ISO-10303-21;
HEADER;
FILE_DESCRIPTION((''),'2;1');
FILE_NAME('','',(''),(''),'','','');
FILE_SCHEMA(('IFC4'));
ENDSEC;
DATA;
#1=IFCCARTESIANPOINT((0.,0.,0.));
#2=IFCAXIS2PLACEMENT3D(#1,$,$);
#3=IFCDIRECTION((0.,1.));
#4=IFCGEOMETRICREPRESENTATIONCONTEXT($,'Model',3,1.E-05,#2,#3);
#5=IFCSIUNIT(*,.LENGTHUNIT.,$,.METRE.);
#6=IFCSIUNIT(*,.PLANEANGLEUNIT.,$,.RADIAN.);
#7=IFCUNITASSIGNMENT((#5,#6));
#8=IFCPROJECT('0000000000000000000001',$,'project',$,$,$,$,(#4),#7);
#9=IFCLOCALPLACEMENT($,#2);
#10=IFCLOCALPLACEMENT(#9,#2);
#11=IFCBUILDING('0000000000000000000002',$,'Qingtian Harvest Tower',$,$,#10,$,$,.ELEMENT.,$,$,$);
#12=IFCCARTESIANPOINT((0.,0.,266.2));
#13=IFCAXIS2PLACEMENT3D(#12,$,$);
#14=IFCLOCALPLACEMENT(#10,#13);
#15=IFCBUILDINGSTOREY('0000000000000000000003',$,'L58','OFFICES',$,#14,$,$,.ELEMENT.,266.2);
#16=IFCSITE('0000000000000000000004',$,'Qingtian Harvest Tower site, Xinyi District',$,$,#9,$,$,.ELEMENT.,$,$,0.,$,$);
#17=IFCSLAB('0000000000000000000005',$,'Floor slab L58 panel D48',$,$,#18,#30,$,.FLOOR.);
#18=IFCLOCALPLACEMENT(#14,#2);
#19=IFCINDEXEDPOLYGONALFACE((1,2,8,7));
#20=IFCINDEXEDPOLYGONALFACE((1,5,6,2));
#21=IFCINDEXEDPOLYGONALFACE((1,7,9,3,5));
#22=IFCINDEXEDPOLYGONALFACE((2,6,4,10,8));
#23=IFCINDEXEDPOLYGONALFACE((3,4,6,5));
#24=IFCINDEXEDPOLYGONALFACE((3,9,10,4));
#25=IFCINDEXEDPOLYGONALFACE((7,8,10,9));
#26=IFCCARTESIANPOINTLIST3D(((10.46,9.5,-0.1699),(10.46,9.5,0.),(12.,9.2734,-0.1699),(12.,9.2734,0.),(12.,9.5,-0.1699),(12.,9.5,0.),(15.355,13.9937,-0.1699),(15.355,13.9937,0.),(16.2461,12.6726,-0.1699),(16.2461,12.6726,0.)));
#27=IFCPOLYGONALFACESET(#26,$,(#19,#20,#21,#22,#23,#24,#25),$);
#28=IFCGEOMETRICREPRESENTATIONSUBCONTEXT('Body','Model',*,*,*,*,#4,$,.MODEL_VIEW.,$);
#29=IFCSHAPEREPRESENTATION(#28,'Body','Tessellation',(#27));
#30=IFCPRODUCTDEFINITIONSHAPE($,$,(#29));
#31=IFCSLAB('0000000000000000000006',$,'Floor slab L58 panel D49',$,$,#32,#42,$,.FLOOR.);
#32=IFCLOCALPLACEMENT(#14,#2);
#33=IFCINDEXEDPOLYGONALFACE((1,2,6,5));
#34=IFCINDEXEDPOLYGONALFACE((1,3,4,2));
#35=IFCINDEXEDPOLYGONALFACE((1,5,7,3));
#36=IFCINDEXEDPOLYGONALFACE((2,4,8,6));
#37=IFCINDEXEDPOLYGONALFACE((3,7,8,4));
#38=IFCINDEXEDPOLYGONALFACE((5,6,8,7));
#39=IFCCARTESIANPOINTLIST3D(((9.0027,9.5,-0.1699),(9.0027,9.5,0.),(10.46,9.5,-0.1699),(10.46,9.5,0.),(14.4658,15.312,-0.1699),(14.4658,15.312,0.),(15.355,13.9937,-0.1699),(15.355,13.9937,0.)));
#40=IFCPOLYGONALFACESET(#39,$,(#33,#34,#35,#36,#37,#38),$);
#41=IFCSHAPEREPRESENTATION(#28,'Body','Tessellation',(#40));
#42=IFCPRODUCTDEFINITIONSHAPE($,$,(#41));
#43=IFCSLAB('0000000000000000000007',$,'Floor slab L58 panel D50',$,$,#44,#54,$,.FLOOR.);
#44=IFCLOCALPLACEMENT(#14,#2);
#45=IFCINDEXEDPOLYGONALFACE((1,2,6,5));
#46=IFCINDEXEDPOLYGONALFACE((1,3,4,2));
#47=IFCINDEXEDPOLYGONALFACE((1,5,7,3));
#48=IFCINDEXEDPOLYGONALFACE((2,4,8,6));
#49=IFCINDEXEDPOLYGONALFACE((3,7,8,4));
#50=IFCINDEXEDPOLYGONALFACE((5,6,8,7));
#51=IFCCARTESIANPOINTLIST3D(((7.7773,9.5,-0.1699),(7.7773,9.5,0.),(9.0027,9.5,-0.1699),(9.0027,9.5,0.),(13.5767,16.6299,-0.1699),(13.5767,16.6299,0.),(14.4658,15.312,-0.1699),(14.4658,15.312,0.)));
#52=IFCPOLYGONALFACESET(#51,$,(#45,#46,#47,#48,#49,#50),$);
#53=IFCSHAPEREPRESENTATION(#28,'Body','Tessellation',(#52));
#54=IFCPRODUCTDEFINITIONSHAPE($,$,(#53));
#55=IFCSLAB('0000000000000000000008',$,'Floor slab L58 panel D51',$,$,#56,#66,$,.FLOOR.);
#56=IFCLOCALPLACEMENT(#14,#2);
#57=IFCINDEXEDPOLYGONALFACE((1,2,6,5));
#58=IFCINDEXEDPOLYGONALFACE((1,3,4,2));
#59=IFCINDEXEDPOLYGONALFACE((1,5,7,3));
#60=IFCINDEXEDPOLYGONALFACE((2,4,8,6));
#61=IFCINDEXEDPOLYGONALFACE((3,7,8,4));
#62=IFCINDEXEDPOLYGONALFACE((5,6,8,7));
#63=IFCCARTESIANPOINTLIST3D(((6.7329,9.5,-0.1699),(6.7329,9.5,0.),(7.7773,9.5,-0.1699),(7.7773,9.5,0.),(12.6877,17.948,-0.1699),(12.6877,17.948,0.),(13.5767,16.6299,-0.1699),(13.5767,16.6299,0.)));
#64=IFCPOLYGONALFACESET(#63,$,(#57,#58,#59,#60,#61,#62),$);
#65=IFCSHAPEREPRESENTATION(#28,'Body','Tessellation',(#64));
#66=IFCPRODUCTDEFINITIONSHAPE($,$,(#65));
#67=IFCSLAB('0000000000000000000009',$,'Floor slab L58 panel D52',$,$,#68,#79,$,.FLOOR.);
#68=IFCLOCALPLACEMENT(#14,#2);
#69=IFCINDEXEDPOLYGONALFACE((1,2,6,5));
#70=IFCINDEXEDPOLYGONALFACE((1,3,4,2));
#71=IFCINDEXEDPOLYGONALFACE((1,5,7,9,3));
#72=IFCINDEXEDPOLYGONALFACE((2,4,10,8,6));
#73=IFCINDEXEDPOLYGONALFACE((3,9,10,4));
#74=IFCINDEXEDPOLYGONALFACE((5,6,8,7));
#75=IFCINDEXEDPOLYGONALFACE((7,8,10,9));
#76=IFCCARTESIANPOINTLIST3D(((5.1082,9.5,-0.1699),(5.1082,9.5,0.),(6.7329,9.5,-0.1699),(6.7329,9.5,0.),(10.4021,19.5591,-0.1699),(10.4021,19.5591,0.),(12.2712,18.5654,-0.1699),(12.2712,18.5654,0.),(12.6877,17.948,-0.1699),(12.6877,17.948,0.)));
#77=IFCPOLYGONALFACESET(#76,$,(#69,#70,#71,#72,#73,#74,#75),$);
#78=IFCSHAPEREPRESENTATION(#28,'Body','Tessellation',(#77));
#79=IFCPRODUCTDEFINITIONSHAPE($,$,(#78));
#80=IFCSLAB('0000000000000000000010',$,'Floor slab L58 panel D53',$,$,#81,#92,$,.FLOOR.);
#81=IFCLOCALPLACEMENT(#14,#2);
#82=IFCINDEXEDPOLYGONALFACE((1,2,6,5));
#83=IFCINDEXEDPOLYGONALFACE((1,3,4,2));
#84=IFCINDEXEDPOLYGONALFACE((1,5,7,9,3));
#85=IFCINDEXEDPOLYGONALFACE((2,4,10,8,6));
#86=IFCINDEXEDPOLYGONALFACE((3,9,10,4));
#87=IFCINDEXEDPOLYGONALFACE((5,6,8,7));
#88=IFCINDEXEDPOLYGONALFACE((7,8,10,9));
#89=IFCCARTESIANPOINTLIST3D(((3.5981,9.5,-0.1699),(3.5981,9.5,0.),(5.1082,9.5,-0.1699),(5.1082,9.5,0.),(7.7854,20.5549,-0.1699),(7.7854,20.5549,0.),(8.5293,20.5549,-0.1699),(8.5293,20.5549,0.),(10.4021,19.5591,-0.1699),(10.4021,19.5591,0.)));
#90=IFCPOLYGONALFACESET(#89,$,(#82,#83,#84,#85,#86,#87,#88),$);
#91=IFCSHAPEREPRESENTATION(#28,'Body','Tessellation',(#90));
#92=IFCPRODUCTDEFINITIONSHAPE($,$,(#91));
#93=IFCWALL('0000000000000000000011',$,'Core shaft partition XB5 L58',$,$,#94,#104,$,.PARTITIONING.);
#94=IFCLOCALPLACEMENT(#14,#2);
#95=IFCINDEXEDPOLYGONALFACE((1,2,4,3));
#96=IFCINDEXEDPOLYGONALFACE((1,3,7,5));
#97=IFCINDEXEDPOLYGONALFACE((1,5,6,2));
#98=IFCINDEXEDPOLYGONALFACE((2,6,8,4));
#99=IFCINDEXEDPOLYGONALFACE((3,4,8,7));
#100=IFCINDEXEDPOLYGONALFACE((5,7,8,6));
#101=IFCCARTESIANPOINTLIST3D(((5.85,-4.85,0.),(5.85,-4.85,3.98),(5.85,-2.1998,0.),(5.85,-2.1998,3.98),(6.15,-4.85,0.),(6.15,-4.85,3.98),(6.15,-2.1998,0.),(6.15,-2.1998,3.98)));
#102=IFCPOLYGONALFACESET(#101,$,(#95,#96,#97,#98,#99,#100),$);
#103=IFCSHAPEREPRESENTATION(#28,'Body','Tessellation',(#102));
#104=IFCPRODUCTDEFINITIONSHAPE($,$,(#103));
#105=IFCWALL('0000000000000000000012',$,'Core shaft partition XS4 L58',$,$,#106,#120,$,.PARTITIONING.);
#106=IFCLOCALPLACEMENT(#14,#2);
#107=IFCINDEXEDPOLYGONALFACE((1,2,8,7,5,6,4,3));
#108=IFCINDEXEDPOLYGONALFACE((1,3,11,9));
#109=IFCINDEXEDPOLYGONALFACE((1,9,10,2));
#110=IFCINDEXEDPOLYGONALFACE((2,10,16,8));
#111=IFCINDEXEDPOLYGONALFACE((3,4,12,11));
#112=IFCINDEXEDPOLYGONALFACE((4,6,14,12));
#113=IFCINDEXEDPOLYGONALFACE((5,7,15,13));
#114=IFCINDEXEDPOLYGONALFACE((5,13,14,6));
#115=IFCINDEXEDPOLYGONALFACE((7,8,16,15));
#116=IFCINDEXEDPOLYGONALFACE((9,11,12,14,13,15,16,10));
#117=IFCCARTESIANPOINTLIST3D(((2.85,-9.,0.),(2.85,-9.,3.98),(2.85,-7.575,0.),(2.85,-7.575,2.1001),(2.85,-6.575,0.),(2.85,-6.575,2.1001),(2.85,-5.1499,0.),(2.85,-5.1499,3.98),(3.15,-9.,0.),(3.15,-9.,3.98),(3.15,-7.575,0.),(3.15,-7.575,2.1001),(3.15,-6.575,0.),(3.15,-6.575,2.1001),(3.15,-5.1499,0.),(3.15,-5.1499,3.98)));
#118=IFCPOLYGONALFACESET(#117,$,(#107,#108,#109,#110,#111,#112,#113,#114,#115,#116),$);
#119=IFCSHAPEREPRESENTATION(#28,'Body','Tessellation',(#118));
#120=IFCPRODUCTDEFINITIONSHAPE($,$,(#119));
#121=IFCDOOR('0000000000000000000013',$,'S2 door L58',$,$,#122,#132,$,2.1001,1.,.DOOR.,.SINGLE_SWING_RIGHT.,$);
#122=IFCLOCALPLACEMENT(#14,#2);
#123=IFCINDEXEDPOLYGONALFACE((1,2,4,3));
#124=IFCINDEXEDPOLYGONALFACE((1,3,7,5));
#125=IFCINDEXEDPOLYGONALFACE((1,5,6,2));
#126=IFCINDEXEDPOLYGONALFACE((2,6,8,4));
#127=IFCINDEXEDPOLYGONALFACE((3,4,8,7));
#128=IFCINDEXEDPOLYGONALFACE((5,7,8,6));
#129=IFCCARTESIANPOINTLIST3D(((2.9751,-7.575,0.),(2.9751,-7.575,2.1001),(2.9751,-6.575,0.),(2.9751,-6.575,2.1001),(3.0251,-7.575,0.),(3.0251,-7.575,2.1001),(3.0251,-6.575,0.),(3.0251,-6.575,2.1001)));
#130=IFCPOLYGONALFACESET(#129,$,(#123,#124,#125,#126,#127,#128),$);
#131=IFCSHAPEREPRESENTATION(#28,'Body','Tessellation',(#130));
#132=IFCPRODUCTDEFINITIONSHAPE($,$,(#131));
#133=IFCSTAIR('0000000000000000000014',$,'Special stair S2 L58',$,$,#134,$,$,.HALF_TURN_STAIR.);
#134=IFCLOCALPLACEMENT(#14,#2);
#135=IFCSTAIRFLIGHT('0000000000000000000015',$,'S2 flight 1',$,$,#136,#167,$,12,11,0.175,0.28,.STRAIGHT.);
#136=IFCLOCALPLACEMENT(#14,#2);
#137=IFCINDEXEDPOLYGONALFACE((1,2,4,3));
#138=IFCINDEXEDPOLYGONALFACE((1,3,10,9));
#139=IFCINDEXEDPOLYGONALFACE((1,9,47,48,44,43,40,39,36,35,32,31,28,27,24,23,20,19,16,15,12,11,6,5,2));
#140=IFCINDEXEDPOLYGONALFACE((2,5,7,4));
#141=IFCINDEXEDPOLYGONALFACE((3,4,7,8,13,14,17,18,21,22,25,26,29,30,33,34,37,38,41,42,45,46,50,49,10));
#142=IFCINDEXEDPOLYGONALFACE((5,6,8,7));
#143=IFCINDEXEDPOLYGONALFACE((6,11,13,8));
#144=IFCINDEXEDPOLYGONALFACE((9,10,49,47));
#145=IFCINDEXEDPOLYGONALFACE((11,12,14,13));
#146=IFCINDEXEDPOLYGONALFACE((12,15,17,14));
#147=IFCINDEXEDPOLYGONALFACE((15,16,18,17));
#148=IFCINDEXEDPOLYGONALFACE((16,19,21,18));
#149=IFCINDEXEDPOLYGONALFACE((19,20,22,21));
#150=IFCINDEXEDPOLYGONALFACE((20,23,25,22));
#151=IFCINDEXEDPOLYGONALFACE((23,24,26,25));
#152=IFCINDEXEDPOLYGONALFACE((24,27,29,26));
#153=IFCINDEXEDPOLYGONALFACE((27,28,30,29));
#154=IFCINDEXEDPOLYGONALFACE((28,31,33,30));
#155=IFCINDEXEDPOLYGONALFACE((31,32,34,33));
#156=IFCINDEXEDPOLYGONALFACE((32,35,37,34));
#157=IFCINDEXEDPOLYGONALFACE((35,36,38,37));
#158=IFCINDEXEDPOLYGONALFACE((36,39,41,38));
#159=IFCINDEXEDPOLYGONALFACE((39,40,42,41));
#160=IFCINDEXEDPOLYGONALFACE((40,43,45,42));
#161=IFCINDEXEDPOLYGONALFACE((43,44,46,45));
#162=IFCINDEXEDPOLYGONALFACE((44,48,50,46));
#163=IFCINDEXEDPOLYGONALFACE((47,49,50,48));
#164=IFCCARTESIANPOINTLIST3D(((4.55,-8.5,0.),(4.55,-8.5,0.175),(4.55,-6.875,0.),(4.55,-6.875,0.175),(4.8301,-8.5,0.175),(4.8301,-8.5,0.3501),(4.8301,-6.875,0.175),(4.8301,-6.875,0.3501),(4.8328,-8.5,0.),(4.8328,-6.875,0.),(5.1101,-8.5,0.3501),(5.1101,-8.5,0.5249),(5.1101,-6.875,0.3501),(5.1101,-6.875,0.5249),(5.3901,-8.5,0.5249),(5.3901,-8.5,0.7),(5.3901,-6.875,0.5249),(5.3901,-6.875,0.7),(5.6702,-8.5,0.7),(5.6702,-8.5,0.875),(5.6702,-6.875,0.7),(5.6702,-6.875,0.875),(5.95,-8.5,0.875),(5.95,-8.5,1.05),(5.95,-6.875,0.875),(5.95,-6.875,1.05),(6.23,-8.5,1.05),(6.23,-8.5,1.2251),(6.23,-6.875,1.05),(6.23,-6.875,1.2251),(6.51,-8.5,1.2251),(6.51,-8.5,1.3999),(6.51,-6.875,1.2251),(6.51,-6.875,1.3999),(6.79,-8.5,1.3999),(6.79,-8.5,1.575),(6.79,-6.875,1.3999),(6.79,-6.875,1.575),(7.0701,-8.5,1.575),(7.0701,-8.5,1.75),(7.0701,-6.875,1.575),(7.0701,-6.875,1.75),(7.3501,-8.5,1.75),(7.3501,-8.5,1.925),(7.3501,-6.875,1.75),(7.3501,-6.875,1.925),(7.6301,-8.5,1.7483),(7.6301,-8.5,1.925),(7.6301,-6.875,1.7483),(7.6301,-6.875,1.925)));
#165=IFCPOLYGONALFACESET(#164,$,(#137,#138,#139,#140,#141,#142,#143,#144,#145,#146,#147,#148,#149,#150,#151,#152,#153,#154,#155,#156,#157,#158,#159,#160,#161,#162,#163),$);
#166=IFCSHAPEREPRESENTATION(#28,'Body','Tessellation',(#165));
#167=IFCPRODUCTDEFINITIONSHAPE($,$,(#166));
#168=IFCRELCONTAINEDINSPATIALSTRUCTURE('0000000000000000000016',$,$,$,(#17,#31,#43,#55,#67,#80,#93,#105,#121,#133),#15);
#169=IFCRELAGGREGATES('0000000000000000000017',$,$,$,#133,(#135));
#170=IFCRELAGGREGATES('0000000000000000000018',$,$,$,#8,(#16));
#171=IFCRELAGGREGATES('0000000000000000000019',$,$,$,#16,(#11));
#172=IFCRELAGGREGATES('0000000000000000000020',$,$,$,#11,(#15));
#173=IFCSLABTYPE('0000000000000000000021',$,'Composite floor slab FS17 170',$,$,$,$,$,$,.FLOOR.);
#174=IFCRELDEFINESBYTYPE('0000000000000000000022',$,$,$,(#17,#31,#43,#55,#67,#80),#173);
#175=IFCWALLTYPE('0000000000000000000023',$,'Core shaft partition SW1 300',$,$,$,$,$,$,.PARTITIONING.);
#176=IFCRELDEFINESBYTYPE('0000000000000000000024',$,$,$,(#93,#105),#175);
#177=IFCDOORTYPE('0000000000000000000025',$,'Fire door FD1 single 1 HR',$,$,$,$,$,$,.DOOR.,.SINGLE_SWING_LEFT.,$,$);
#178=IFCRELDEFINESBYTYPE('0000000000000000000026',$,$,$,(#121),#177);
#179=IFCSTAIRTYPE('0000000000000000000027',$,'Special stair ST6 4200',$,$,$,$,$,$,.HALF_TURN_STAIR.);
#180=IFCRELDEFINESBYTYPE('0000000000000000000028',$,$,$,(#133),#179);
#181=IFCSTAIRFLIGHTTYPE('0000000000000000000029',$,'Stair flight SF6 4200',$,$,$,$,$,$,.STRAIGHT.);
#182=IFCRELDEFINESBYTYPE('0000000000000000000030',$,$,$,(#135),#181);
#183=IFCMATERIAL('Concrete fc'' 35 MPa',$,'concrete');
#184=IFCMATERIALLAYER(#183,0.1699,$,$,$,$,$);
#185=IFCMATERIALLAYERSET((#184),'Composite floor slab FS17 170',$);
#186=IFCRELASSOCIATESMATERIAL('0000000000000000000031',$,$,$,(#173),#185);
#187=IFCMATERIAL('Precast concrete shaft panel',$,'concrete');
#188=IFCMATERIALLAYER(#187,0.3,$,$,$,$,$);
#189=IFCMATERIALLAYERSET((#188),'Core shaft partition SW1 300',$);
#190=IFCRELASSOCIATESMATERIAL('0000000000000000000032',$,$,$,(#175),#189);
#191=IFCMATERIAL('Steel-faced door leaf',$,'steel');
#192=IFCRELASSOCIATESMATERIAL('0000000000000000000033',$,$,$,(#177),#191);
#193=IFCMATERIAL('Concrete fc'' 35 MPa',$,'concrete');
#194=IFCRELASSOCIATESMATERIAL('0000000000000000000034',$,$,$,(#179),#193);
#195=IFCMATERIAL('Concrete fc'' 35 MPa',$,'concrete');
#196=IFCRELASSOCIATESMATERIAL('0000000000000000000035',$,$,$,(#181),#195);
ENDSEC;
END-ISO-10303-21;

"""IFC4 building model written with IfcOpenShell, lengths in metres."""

from ifc_helpers import new_model, si_unit, direction, frame, frame_2d, origin, place, context, subcontext, project, spatial, polyline, rectangle, outline, extrude, material, layer, layer_set, type_object, element, fill, aggregate, save


model = new_model("IFC4")

# Units and contexts
model_context = context("Model", 3, precision=1e-05, world=origin(), true_north=direction((0.0, 1.0)))
body_context = subcontext(model_context, "Body", "Model", "MODEL_VIEW")
ifc_project = project(units=[si_unit("LENGTHUNIT", "METRE"), si_unit("PLANEANGLEUNIT", "RADIAN")], contexts=[model_context])

# Site, building, storey
site_placement = place(None, origin())
site = spatial("IfcSite", under=ifc_project, at=site_placement, Name="Qingtian Harvest Tower site, Xinyi District", CompositionType="ELEMENT", RefElevation=0.0)
building_placement = place(site_placement, origin())
building = spatial("IfcBuilding", under=site, at=building_placement, Name="Qingtian Harvest Tower", CompositionType="ELEMENT")
storey_placement = place(building_placement, frame((0.0, 0.0, 266.2)))
storey = spatial("IfcBuildingStorey", under=building, at=storey_placement, Name="L58", Description="OFFICES", CompositionType="ELEMENT", Elevation=266.2)

# Slabs
ifc_material_1 = material(Name="Concrete fc' 35 MPa", Category="concrete")
ifc_layer_1 = layer(ifc_material_1, 0.1699)
ifc_layer_set_1 = layer_set([ifc_layer_1], Name="Composite floor slab FS17 170")
slab_type = type_object("IfcSlabType", Name="Composite floor slab FS17 170", PredefinedType="FLOOR", material=ifc_layer_set_1)
slab_1_placement = place(storey_placement, frame((0.0, 0.0, -0.1699)))
element("IfcSlab", 1, at=slab_1_placement, inside=storey, type_object=slab_type, Name="Floor slab L58 panel D48", PredefinedType="FLOOR", context=body_context, shape_type="SweptSolid", body=[
    extrude(outline(polyline([(12.0, 9.5), (10.46, 9.5), (15.355, 13.9937), (16.2461, 12.6726), (12.0, 9.2734), (12.0, 9.5)])), origin(), (0.0, 0.0, 1.0), 0.1699),
])
slab_2_placement = place(storey_placement, frame((0.0, 0.0, -0.1699)))
element("IfcSlab", 2, at=slab_2_placement, inside=storey, type_object=slab_type, Name="Floor slab L58 panel D49", PredefinedType="FLOOR", context=body_context, shape_type="SweptSolid", body=[
    extrude(outline(polyline([(9.0027, 9.5), (14.4658, 15.312), (15.355, 13.9937), (10.46, 9.5), (9.0027, 9.5)])), origin(), (0.0, 0.0, 1.0), 0.1699),
])
slab_3_placement = place(storey_placement, frame((0.0, 0.0, -0.1699)))
element("IfcSlab", 3, at=slab_3_placement, inside=storey, type_object=slab_type, Name="Floor slab L58 panel D50", PredefinedType="FLOOR", context=body_context, shape_type="SweptSolid", body=[
    extrude(outline(polyline([(7.7773, 9.5), (13.5767, 16.6299), (14.4658, 15.312), (9.0027, 9.5), (7.7773, 9.5)])), origin(), (0.0, 0.0, 1.0), 0.1699),
])
slab_4_placement = place(storey_placement, frame((0.0, 0.0, -0.1699)))
element("IfcSlab", 4, at=slab_4_placement, inside=storey, type_object=slab_type, Name="Floor slab L58 panel D51", PredefinedType="FLOOR", context=body_context, shape_type="SweptSolid", body=[
    extrude(outline(polyline([(6.7329, 9.5), (12.6877, 17.948), (13.5767, 16.6299), (7.7773, 9.5), (6.7329, 9.5)])), origin(), (0.0, 0.0, 1.0), 0.1699),
])
slab_5_placement = place(storey_placement, frame((0.0, 0.0, -0.1699)))
element("IfcSlab", 5, at=slab_5_placement, inside=storey, type_object=slab_type, Name="Floor slab L58 panel D52", PredefinedType="FLOOR", context=body_context, shape_type="SweptSolid", body=[
    extrude(outline(polyline([(6.7329, 9.5), (5.1082, 9.5), (10.4021, 19.5591), (12.2712, 18.5654), (12.6877, 17.948), (6.7329, 9.5)])), origin(), (0.0, 0.0, 1.0), 0.1699),
])
slab_6_placement = place(storey_placement, frame((0.0, 0.0, -0.1699)))
element("IfcSlab", 6, at=slab_6_placement, inside=storey, type_object=slab_type, Name="Floor slab L58 panel D53", PredefinedType="FLOOR", context=body_context, shape_type="SweptSolid", body=[
    extrude(outline(polyline([(3.5981, 9.5), (7.7854, 20.5549), (8.5293, 20.5549), (10.4021, 19.5591), (5.1082, 9.5), (3.5981, 9.5)])), origin(), (0.0, 0.0, 1.0), 0.1699),
])

# Wall
ifc_material_2 = material(Name="Precast concrete shaft panel", Category="concrete")
ifc_layer_2 = layer(ifc_material_2, 0.3)
ifc_layer_set_2 = layer_set([ifc_layer_2], Name="Core shaft partition SW1 300")
wall_type_1 = type_object("IfcWallType", Name="Core shaft partition SW1 300", PredefinedType="PARTITIONING", material=ifc_layer_set_2)
wall_1_placement = place(storey_placement, frame((6.0, -4.8501, 0.0), z_axis=(0.0, 0.0, 1.0), x_axis=(0.0, 1.0, 0.0)))
element("IfcWall", 7, at=wall_1_placement, inside=storey, type_object=wall_type_1, Name="Core shaft partition XB5 L58", PredefinedType="PARTITIONING", context=body_context, shape_type="SweptSolid", body=[
    extrude(rectangle(XDim=2.6501, YDim=0.3, at=frame_2d((1.3252, 0.0))), origin(), (0.0, 0.0, 1.0), 3.98),
])

# Wall, opening, door
wall_2_placement = place(storey_placement, frame((3.0, -9.0, 0.0), z_axis=(0.0, 0.0, 1.0), x_axis=(0.0, 1.0, 0.0)))
wall_2 = element("IfcWall", 8, at=wall_2_placement, inside=storey, type_object=wall_type_1, Name="Core shaft partition XS4 L58", PredefinedType="PARTITIONING", context=body_context, shape_type="SweptSolid", body=[
    extrude(rectangle(XDim=3.8501, YDim=0.3, at=frame_2d((1.925, 0.0))), origin(), (0.0, 0.0, 1.0), 3.98),
])
opening_1_placement = place(wall_2_placement, frame((1.425, 0.0, 0.0)))
opening_1 = element("IfcOpeningElement", 9, at=opening_1_placement, cuts=wall_2, PredefinedType="OPENING", context=body_context, shape_type="SweptSolid", body=[
    extrude(rectangle(XDim=1.0, YDim=2.1001, at=frame_2d((0.5, 1.05))), frame((0.0, 0.1599, 0.0), z_axis=(0.0, -1.0, 0.0), x_axis=(1.0, 0.0, 0.0)), (0.0, 0.0, 1.0), 0.3201),
])
ifc_material_3 = material(Name="Steel-faced door leaf", Category="steel")
door_type_1 = type_object("IfcDoorType", Name="Fire door FD1 single 1 HR", OperationType="SINGLE_SWING_LEFT", PredefinedType="DOOR", material=ifc_material_3)
door_1_placement = place(opening_1_placement, origin())
door_1 = element("IfcDoor", 10, at=door_1_placement, inside=storey, type_object=door_type_1, Name="S2 door L58", OperationType="SINGLE_SWING_RIGHT", OverallHeight=2.1001, OverallWidth=1.0, PredefinedType="DOOR", context=body_context, shape_type="SweptSolid", body=[
    extrude(rectangle(XDim=1.0, YDim=2.1001, at=frame_2d((0.5, 1.05))), frame((0.0, 0.0249, 0.0), z_axis=(0.0, -1.0, 0.0), x_axis=(1.0, 0.0, 0.0)), (0.0, 0.0, 1.0), 0.05),
])
fill(opening_1, door_1)

# Stair, stair flight
ifc_material_4 = material(Name="Concrete fc' 35 MPa", Category="concrete")
stair_type = type_object("IfcStairType", Name="Special stair ST6 4200", PredefinedType="HALF_TURN_STAIR", material=ifc_material_4)
stair_placement = place(storey_placement, origin())
stair = element("IfcStair", 11, at=stair_placement, inside=storey, type_object=stair_type, Name="Special stair S2 L58", PredefinedType="HALF_TURN_STAIR")
ifc_material_5 = material(Name="Concrete fc' 35 MPa", Category="concrete")
stair_flight_type = type_object("IfcStairFlightType", Name="Stair flight SF6 4200", PredefinedType="STRAIGHT", material=ifc_material_5)
stair_flight_1_placement = place(storey_placement, frame((4.55, -7.6875, 0.0), z_axis=(0.0, 0.0, 1.0), x_axis=(1.0, 0.0, 0.0)))
stair_flight_1 = element("IfcStairFlight", 12, at=stair_flight_1_placement, type_object=stair_flight_type, Name="S2 flight 1", NumberOfRisers=12, NumberOfTreads=11, PredefinedType="STRAIGHT", RiserHeight=0.175, TreadLength=0.28, context=body_context, shape_type="SweptSolid", body=[
    extrude(outline(polyline([(0.0, 0.0), (0.0, 0.175), (0.28, 0.175), (0.28, 0.3501), (0.5601, 0.3501), (0.5601, 0.5249), (0.8401, 0.5249), (0.8401, 0.7), (1.1201, 0.7), (1.1201, 0.875), (1.3999, 0.875), (1.3999, 1.05), (1.6799, 1.05), (1.6799, 1.2251), (1.96, 1.2251), (1.96, 1.3999), (2.24, 1.3999), (2.24, 1.575), (2.52, 1.575), (2.52, 1.75), (2.8, 1.75), (2.8, 1.925), (3.0801, 1.925), (3.0801, 2.1001), (3.0801, 1.7483), (0.2827, 0.0), (0.0, 0.0)])), frame((0.0, 0.8125, 0.0), z_axis=(0.0, -1.0, 0.0), x_axis=(1.0, 0.0, 0.0)), (0.0, 0.0, 1.0), 1.625),
])
aggregate(stair, [stair_flight_1])

save(model, "model.ifc")
